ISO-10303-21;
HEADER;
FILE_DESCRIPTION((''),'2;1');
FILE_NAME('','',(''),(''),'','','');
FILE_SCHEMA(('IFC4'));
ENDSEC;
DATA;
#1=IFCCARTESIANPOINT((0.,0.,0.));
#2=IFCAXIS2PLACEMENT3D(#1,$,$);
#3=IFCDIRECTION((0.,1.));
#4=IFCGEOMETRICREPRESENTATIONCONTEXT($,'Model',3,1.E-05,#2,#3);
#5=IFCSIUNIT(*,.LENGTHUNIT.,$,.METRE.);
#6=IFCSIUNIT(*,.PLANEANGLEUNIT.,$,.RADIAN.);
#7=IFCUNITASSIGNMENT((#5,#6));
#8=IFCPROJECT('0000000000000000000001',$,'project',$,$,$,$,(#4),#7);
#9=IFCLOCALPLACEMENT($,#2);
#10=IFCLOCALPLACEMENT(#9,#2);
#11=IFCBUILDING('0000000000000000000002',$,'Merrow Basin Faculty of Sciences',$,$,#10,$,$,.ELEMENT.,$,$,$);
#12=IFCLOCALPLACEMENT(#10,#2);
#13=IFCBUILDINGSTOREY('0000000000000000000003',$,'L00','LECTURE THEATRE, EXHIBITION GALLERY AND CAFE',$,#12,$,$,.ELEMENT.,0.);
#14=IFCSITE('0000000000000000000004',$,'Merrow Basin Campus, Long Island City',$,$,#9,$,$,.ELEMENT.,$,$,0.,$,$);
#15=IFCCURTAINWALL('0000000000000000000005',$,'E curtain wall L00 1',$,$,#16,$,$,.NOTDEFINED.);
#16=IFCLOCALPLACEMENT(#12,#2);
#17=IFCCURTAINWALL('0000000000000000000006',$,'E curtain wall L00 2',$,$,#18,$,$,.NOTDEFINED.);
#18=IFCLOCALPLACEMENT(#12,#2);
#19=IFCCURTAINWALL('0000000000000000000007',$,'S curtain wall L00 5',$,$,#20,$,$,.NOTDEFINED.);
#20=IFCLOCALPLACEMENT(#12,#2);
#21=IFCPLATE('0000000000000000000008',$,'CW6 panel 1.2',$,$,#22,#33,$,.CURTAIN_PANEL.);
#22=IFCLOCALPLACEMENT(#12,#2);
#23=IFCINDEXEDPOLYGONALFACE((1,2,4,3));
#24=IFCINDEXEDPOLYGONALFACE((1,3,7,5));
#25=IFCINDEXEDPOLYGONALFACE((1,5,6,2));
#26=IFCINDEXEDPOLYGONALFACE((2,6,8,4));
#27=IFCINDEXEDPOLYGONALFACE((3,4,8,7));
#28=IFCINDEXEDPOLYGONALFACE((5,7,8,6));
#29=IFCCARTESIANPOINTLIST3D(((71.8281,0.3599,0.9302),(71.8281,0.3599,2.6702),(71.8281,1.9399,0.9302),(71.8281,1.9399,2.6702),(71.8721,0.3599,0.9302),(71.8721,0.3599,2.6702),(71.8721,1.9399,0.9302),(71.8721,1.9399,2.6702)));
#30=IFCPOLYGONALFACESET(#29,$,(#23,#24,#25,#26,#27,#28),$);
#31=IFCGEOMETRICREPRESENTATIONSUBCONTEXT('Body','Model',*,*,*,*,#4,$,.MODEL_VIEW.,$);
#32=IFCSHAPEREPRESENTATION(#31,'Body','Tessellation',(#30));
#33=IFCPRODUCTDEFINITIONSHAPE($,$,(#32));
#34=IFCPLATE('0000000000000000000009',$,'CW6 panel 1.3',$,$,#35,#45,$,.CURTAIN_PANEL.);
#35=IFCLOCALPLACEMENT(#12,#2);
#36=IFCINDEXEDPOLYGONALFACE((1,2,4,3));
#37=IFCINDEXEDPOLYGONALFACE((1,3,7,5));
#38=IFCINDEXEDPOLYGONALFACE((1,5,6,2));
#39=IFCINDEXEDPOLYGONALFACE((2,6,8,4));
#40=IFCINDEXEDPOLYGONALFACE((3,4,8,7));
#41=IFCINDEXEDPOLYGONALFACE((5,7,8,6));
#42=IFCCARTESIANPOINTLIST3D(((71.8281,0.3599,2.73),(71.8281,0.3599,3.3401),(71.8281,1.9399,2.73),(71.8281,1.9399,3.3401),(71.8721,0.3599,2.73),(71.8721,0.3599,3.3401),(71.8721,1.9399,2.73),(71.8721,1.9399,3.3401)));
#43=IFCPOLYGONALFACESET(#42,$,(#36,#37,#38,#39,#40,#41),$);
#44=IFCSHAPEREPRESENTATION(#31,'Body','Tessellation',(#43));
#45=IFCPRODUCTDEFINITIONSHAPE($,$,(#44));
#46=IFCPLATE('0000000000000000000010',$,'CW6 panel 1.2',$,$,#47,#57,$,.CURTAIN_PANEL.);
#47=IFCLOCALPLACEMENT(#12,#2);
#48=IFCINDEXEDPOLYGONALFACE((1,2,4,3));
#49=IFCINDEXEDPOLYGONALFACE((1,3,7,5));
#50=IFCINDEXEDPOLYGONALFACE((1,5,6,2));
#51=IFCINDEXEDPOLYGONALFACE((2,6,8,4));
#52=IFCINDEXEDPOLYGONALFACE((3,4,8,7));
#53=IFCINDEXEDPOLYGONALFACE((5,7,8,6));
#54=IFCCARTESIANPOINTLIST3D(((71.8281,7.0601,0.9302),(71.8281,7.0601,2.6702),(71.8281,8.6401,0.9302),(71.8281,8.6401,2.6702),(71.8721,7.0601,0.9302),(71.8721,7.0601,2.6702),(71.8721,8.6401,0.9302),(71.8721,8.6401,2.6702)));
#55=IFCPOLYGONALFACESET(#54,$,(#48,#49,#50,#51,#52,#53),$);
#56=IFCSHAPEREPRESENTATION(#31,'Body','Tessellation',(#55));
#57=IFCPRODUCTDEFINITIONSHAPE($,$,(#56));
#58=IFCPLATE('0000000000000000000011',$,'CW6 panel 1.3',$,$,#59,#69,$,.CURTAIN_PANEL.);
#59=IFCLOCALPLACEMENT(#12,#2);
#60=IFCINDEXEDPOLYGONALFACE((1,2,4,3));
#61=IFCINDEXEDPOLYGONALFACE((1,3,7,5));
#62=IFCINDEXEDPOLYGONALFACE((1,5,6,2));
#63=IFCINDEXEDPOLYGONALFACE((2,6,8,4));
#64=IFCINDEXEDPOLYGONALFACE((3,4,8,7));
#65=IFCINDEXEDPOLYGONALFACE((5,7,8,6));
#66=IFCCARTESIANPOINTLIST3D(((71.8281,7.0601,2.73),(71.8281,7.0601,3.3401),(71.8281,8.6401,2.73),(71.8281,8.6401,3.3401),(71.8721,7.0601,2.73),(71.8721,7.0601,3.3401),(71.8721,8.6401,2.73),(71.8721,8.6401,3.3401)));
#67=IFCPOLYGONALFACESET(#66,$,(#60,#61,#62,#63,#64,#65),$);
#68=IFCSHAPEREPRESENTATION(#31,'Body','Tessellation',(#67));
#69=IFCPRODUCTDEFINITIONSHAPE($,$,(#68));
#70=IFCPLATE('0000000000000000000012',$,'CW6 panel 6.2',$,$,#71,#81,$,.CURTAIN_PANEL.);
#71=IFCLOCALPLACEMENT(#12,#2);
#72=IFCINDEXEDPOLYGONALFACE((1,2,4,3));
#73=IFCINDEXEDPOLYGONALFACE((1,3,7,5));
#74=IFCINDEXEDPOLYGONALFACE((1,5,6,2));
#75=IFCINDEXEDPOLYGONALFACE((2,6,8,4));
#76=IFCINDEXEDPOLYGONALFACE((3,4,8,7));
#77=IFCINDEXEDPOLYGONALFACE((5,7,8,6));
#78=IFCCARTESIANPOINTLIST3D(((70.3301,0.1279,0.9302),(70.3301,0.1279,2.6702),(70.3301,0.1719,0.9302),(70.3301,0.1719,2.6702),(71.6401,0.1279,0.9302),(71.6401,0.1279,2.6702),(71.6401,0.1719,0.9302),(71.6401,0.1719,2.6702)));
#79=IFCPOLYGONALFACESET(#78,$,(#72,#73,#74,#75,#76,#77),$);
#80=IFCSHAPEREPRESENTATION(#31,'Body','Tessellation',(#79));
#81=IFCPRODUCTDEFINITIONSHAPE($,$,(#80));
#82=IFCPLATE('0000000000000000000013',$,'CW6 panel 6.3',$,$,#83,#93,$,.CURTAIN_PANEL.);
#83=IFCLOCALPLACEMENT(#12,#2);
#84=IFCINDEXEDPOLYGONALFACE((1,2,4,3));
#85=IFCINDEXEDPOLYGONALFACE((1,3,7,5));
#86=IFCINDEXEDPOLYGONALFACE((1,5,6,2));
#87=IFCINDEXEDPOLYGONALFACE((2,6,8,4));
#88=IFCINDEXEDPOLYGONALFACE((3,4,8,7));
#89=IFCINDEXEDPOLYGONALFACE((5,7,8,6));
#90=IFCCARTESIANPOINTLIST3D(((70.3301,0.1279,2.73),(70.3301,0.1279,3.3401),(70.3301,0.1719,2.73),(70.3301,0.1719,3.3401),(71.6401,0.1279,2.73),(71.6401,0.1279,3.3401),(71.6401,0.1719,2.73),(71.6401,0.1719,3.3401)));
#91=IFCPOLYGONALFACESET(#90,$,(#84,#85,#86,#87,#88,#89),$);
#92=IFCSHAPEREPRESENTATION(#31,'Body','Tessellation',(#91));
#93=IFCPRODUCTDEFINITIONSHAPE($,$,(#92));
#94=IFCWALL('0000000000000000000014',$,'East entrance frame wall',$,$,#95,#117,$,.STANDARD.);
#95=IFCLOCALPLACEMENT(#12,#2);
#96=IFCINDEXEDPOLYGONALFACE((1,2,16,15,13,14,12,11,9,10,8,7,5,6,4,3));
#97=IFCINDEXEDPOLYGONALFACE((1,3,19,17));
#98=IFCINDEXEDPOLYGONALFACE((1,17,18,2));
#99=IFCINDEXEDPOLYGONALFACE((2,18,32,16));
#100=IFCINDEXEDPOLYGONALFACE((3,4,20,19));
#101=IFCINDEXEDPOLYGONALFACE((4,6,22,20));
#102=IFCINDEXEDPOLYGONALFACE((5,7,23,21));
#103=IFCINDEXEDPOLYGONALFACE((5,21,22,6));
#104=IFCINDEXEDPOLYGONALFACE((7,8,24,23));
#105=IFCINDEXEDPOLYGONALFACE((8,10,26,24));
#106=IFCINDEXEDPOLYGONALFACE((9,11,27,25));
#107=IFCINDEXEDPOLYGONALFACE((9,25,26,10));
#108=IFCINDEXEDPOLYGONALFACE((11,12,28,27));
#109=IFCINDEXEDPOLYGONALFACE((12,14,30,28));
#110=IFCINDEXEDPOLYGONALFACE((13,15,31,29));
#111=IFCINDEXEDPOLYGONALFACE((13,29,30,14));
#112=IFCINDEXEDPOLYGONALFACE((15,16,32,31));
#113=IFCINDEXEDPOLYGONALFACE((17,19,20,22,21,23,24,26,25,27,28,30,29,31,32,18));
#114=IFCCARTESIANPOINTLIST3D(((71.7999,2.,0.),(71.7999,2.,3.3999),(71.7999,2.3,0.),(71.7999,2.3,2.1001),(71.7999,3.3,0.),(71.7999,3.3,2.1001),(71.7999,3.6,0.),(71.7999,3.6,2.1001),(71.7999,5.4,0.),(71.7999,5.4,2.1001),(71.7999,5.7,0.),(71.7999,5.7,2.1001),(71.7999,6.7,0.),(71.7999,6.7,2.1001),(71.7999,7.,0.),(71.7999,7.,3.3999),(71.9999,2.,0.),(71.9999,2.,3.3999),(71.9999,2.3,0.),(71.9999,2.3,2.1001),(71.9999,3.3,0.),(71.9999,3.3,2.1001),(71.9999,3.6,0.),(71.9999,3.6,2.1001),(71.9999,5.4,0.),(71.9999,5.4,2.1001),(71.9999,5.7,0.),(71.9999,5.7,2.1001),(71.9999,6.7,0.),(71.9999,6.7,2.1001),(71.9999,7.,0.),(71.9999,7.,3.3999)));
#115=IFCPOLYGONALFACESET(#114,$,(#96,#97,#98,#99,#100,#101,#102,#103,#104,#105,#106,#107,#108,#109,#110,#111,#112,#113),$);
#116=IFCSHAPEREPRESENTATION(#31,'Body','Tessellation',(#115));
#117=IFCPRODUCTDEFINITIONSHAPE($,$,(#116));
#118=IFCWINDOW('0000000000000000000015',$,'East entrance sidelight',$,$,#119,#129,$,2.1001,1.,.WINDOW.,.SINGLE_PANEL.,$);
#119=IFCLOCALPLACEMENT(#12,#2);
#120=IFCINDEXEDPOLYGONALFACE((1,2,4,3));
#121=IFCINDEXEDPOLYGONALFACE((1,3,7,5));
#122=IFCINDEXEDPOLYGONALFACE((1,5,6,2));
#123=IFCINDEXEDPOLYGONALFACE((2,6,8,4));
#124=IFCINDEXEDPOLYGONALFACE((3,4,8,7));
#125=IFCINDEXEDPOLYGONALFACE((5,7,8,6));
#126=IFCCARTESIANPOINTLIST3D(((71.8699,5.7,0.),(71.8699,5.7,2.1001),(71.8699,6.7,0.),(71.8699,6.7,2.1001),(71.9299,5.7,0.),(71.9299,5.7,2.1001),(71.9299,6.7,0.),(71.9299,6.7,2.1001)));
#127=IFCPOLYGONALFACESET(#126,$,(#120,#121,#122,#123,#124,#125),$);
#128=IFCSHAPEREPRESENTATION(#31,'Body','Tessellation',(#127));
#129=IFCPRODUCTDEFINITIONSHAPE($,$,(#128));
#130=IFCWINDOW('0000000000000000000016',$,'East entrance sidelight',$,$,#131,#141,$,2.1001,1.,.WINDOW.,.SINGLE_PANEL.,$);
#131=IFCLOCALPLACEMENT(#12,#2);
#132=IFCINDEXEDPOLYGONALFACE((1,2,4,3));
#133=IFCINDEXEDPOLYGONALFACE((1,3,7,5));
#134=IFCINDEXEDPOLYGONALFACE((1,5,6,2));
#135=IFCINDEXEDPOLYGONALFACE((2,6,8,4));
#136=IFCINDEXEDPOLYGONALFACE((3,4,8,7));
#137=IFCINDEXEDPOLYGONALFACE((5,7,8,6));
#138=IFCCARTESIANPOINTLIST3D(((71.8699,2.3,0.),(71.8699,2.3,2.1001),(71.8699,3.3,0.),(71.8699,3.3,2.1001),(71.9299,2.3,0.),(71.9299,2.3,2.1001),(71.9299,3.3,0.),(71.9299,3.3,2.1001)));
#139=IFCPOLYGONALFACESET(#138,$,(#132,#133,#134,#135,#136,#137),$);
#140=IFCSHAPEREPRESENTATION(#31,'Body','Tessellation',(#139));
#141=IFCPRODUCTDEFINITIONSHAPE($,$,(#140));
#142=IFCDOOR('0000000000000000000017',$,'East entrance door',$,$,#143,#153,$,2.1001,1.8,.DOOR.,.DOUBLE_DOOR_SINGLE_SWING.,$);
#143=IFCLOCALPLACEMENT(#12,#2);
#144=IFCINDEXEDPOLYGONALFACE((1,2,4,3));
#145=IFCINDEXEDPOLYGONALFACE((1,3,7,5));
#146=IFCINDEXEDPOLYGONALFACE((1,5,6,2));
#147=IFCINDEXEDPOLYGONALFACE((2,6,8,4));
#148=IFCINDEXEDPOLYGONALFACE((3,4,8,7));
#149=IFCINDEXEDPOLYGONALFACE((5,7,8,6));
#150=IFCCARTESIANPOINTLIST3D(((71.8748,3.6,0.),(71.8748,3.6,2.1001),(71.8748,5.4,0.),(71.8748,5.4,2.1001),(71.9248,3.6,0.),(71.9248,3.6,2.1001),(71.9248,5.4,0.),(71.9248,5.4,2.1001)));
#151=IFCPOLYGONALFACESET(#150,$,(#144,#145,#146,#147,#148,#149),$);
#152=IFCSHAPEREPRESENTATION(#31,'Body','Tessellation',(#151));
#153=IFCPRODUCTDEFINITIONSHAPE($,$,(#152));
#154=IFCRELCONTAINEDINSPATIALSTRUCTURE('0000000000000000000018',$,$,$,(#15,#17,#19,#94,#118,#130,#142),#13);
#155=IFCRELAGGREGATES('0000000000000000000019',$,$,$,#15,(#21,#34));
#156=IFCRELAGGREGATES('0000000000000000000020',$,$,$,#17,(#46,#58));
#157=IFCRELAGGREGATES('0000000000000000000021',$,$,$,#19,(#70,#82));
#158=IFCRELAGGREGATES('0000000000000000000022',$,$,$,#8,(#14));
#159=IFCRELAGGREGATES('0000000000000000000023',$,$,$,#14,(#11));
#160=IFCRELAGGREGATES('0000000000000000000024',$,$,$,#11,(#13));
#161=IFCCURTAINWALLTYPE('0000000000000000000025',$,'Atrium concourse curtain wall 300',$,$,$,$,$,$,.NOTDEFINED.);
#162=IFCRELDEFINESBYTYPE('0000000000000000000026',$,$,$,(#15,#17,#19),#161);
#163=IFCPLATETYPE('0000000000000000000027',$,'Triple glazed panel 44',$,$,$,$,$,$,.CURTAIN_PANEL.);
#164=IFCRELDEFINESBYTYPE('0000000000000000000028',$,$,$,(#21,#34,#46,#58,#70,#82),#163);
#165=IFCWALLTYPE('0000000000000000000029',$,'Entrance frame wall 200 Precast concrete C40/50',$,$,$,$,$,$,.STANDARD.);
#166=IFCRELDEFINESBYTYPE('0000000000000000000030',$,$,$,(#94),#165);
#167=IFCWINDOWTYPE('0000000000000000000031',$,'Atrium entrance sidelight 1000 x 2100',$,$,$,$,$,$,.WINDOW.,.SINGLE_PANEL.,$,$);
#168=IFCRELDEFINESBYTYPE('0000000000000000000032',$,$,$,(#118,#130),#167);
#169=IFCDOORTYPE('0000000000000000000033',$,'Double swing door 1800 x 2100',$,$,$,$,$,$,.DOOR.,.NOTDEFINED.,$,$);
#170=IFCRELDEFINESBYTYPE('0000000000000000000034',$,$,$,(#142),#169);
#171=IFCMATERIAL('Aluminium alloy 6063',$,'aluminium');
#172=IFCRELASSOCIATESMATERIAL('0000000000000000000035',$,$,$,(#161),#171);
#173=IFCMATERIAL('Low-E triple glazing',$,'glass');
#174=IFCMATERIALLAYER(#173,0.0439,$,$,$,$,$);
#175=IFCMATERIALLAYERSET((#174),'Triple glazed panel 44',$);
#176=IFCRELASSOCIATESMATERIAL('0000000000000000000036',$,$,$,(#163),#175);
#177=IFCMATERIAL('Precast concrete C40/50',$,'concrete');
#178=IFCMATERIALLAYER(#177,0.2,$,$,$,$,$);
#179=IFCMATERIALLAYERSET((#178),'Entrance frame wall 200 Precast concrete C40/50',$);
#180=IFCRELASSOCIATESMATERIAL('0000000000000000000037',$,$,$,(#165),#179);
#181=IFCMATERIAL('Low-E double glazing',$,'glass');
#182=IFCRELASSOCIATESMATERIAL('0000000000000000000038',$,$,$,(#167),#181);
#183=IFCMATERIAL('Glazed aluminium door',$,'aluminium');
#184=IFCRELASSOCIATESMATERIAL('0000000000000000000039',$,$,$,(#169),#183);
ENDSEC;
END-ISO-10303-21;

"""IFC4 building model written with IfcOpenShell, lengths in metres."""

from ifc_helpers import new_model, si_unit, direction, frame, frame_2d, origin, origin_2d, place, context, subcontext, project, spatial, rectangle, extrude, material, layer, layer_set, type_object, element, fill, aggregate, save


model = new_model("IFC4")

# Units and contexts
model_context = context("Model", 3, precision=1e-05, world=origin(), true_north=direction((0.0, 1.0)))
body_context = subcontext(model_context, "Body", "Model", "MODEL_VIEW")
ifc_project = project(units=[si_unit("LENGTHUNIT", "METRE"), si_unit("PLANEANGLEUNIT", "RADIAN")], contexts=[model_context])

# Site, building, storey
site_placement = place(None, origin())
site = spatial("IfcSite", under=ifc_project, at=site_placement, Name="Merrow Basin Campus, Long Island City", CompositionType="ELEMENT", RefElevation=0.0)
building_placement = place(site_placement, origin())
building = spatial("IfcBuilding", under=site, at=building_placement, Name="Merrow Basin Faculty of Sciences", CompositionType="ELEMENT")
storey_placement = place(building_placement, origin())
storey = spatial("IfcBuildingStorey", under=building, at=storey_placement, Name="L00", Description="LECTURE THEATRE, EXHIBITION GALLERY AND CAFE", CompositionType="ELEMENT", Elevation=0.0)

# Curtain walls
ifc_material_1 = material(Name="Aluminium alloy 6063", Category="aluminium")
curtain_wall_type = type_object("IfcCurtainWallType", Name="Atrium concourse curtain wall 300", PredefinedType="NOTDEFINED", material=ifc_material_1)
curtain_wall_1_placement = place(storey_placement, origin())
curtain_wall_1 = element("IfcCurtainWall", 1, at=curtain_wall_1_placement, inside=storey, type_object=curtain_wall_type, Name="E curtain wall L00 1", PredefinedType="NOTDEFINED")
curtain_wall_2_placement = place(storey_placement, origin())
curtain_wall_2 = element("IfcCurtainWall", 2, at=curtain_wall_2_placement, inside=storey, type_object=curtain_wall_type, Name="E curtain wall L00 2", PredefinedType="NOTDEFINED")

# Curtain wall
curtain_wall_3_placement = place(storey_placement, origin())
curtain_wall_3 = element("IfcCurtainWall", 3, at=curtain_wall_3_placement, inside=storey, type_object=curtain_wall_type, Name="S curtain wall L00 5", PredefinedType="NOTDEFINED")

# Plates
ifc_material_2 = material(Name="Low-E triple glazing", Category="glass")
ifc_layer_1 = layer(ifc_material_2, 0.0439)
ifc_layer_set_1 = layer_set([ifc_layer_1], Name="Triple glazed panel 44")
plate_type_1 = type_object("IfcPlateType", Name="Triple glazed panel 44", PredefinedType="CURTAIN_PANEL", material=ifc_layer_set_1)
plate_1_placement = place(storey_placement, frame((71.8501, 1.1499, 0.9302), z_axis=(0.0, 0.0, 1.0), x_axis=(0.0, 1.0, 0.0)))
plate_1 = element("IfcPlate", 4, at=plate_1_placement, type_object=plate_type_1, Name="CW6 panel 1.2", PredefinedType="CURTAIN_PANEL", context=body_context, shape_type="SweptSolid", body=[
    extrude(rectangle(XDim=1.5801, YDim=0.0439, at=origin_2d()), origin(), (0.0, 0.0, 1.0), 1.74),
])
plate_2_placement = place(storey_placement, frame((71.8501, 1.1499, 2.73), z_axis=(0.0, 0.0, 1.0), x_axis=(0.0, 1.0, 0.0)))
plate_2 = element("IfcPlate", 5, at=plate_2_placement, type_object=plate_type_1, Name="CW6 panel 1.3", PredefinedType="CURTAIN_PANEL", context=body_context, shape_type="SweptSolid", body=[
    extrude(rectangle(XDim=1.5801, YDim=0.0439, at=origin_2d()), origin(), (0.0, 0.0, 1.0), 0.6101),
])
aggregate(curtain_wall_1, [plate_1, plate_2])
plate_3_placement = place(storey_placement, frame((71.8501, 7.8501, 0.9302), z_axis=(0.0, 0.0, 1.0), x_axis=(0.0, 1.0, 0.0)))
plate_3 = element("IfcPlate", 6, at=plate_3_placement, type_object=plate_type_1, Name="CW6 panel 1.2", PredefinedType="CURTAIN_PANEL", context=body_context, shape_type="SweptSolid", body=[
    extrude(rectangle(XDim=1.5801, YDim=0.0439, at=origin_2d()), origin(), (0.0, 0.0, 1.0), 1.74),
])
plate_4_placement = place(storey_placement, frame((71.8501, 7.8501, 2.73), z_axis=(0.0, 0.0, 1.0), x_axis=(0.0, 1.0, 0.0)))
plate_4 = element("IfcPlate", 7, at=plate_4_placement, type_object=plate_type_1, Name="CW6 panel 1.3", PredefinedType="CURTAIN_PANEL", context=body_context, shape_type="SweptSolid", body=[
    extrude(rectangle(XDim=1.5801, YDim=0.0439, at=origin_2d()), origin(), (0.0, 0.0, 1.0), 0.6101),
])
aggregate(curtain_wall_2, [plate_3, plate_4])
plate_5_placement = place(storey_placement, frame((70.9851, 0.1499, 0.9302), z_axis=(0.0, 0.0, 1.0), x_axis=(1.0, 0.0, 0.0)))
plate_5 = element("IfcPlate", 8, at=plate_5_placement, type_object=plate_type_1, Name="CW6 panel 6.2", PredefinedType="CURTAIN_PANEL", context=body_context, shape_type="SweptSolid", body=[
    extrude(rectangle(XDim=1.3101, YDim=0.0439, at=origin_2d()), origin(), (0.0, 0.0, 1.0), 1.74),
])
plate_6_placement = place(storey_placement, frame((70.9851, 0.1499, 2.73), z_axis=(0.0, 0.0, 1.0), x_axis=(1.0, 0.0, 0.0)))
plate_6 = element("IfcPlate", 9, at=plate_6_placement, type_object=plate_type_1, Name="CW6 panel 6.3", PredefinedType="CURTAIN_PANEL", context=body_context, shape_type="SweptSolid", body=[
    extrude(rectangle(XDim=1.3101, YDim=0.0439, at=origin_2d()), origin(), (0.0, 0.0, 1.0), 0.6101),
])
aggregate(curtain_wall_3, [plate_5, plate_6])

# Wall, openings, windows, door
ifc_material_3 = material(Name="Precast concrete C40/50", Category="concrete")
ifc_layer_2 = layer(ifc_material_3, 0.2)
ifc_layer_set_2 = layer_set([ifc_layer_2], Name="Entrance frame wall 200 Precast concrete C40/50")
wall_type_1 = type_object("IfcWallType", Name="Entrance frame wall 200 Precast concrete C40/50", PredefinedType="STANDARD", material=ifc_layer_set_2)
wall_1_placement = place(storey_placement, frame((71.8999, 7.0, 0.0), z_axis=(0.0, 0.0, 1.0), x_axis=(0.0, -1.0, 0.0)))
wall_1 = element("IfcWall", 10, at=wall_1_placement, inside=storey, type_object=wall_type_1, Name="East entrance frame wall", PredefinedType="STANDARD", context=body_context, shape_type="SweptSolid", body=[
    extrude(rectangle(XDim=5.0, YDim=0.2, at=frame_2d((2.5, 0.0))), origin(), (0.0, 0.0, 1.0), 3.3999),
])
opening_1_placement = place(wall_1_placement, frame((1.6001, 0.0, 0.0)))
opening_1 = element("IfcOpeningElement", 11, at=opening_1_placement, cuts=wall_1, PredefinedType="OPENING", context=body_context, shape_type="SweptSolid", body=[
    extrude(rectangle(XDim=1.8, YDim=2.1001, at=frame_2d((0.8999, 1.05))), frame((0.0, 0.1099, 0.0), z_axis=(0.0, -1.0, 0.0), x_axis=(1.0, 0.0, 0.0)), (0.0, 0.0, 1.0), 0.22),
])
opening_2_placement = place(wall_1_placement, frame((0.3, 0.0, 0.0)))
opening_2 = element("IfcOpeningElement", 12, at=opening_2_placement, cuts=wall_1, PredefinedType="OPENING", context=body_context, shape_type="SweptSolid", body=[
    extrude(rectangle(XDim=1.0, YDim=2.1001, at=frame_2d((0.5, 1.05))), frame((0.0, 0.1099, 0.0), z_axis=(0.0, -1.0, 0.0), x_axis=(1.0, 0.0, 0.0)), (0.0, 0.0, 1.0), 0.22),
])
opening_3_placement = place(wall_1_placement, frame((3.7, 0.0, 0.0)))
opening_3 = element("IfcOpeningElement", 13, at=opening_3_placement, cuts=wall_1, PredefinedType="OPENING", context=body_context, shape_type="SweptSolid", body=[
    extrude(rectangle(XDim=1.0, YDim=2.1001, at=frame_2d((0.5, 1.05))), frame((0.0, 0.1099, 0.0), z_axis=(0.0, -1.0, 0.0), x_axis=(1.0, 0.0, 0.0)), (0.0, 0.0, 1.0), 0.22),
])
ifc_material_4 = material(Name="Low-E double glazing", Category="glass")
window_type = type_object("IfcWindowType", Name="Atrium entrance sidelight 1000 x 2100", PartitioningType="SINGLE_PANEL", PredefinedType="WINDOW", material=ifc_material_4)
window_1_placement = place(opening_2_placement, origin())
window_1 = element("IfcWindow", 14, at=window_1_placement, inside=storey, type_object=window_type, Name="East entrance sidelight", OverallHeight=2.1001, OverallWidth=1.0, PartitioningType="SINGLE_PANEL", PredefinedType="WINDOW", context=body_context, shape_type="SweptSolid", body=[
    extrude(rectangle(XDim=1.0, YDim=2.1001, at=frame_2d((0.5, 1.05))), frame((0.0, 0.03, 0.0), z_axis=(0.0, -1.0, 0.0), x_axis=(1.0, 0.0, 0.0)), (0.0, 0.0, 1.0), 0.0601),
])
fill(opening_2, window_1)
window_2_placement = place(opening_3_placement, origin())
window_2 = element("IfcWindow", 15, at=window_2_placement, inside=storey, type_object=window_type, Name="East entrance sidelight", OverallHeight=2.1001, OverallWidth=1.0, PartitioningType="SINGLE_PANEL", PredefinedType="WINDOW", context=body_context, shape_type="SweptSolid", body=[
    extrude(rectangle(XDim=1.0, YDim=2.1001, at=frame_2d((0.5, 1.05))), frame((0.0, 0.03, 0.0), z_axis=(0.0, -1.0, 0.0), x_axis=(1.0, 0.0, 0.0)), (0.0, 0.0, 1.0), 0.0601),
])
fill(opening_3, window_2)
ifc_material_5 = material(Name="Glazed aluminium door", Category="aluminium")
door_type_1 = type_object("IfcDoorType", Name="Double swing door 1800 x 2100", OperationType="NOTDEFINED", PredefinedType="DOOR", material=ifc_material_5)
door_1_placement = place(opening_1_placement, origin())
door_1 = element("IfcDoor", 16, at=door_1_placement, inside=storey, type_object=door_type_1, Name="East entrance door", OperationType="DOUBLE_DOOR_SINGLE_SWING", OverallHeight=2.1001, OverallWidth=1.8, PredefinedType="DOOR", context=body_context, shape_type="SweptSolid", body=[
    extrude(rectangle(XDim=1.8, YDim=2.1001, at=frame_2d((0.8999, 1.05))), frame((0.0, 0.0249, 0.0), z_axis=(0.0, -1.0, 0.0), x_axis=(1.0, 0.0, 0.0)), (0.0, 0.0, 1.0), 0.05),
])
fill(opening_1, door_1)

save(model, "model.ifc")
